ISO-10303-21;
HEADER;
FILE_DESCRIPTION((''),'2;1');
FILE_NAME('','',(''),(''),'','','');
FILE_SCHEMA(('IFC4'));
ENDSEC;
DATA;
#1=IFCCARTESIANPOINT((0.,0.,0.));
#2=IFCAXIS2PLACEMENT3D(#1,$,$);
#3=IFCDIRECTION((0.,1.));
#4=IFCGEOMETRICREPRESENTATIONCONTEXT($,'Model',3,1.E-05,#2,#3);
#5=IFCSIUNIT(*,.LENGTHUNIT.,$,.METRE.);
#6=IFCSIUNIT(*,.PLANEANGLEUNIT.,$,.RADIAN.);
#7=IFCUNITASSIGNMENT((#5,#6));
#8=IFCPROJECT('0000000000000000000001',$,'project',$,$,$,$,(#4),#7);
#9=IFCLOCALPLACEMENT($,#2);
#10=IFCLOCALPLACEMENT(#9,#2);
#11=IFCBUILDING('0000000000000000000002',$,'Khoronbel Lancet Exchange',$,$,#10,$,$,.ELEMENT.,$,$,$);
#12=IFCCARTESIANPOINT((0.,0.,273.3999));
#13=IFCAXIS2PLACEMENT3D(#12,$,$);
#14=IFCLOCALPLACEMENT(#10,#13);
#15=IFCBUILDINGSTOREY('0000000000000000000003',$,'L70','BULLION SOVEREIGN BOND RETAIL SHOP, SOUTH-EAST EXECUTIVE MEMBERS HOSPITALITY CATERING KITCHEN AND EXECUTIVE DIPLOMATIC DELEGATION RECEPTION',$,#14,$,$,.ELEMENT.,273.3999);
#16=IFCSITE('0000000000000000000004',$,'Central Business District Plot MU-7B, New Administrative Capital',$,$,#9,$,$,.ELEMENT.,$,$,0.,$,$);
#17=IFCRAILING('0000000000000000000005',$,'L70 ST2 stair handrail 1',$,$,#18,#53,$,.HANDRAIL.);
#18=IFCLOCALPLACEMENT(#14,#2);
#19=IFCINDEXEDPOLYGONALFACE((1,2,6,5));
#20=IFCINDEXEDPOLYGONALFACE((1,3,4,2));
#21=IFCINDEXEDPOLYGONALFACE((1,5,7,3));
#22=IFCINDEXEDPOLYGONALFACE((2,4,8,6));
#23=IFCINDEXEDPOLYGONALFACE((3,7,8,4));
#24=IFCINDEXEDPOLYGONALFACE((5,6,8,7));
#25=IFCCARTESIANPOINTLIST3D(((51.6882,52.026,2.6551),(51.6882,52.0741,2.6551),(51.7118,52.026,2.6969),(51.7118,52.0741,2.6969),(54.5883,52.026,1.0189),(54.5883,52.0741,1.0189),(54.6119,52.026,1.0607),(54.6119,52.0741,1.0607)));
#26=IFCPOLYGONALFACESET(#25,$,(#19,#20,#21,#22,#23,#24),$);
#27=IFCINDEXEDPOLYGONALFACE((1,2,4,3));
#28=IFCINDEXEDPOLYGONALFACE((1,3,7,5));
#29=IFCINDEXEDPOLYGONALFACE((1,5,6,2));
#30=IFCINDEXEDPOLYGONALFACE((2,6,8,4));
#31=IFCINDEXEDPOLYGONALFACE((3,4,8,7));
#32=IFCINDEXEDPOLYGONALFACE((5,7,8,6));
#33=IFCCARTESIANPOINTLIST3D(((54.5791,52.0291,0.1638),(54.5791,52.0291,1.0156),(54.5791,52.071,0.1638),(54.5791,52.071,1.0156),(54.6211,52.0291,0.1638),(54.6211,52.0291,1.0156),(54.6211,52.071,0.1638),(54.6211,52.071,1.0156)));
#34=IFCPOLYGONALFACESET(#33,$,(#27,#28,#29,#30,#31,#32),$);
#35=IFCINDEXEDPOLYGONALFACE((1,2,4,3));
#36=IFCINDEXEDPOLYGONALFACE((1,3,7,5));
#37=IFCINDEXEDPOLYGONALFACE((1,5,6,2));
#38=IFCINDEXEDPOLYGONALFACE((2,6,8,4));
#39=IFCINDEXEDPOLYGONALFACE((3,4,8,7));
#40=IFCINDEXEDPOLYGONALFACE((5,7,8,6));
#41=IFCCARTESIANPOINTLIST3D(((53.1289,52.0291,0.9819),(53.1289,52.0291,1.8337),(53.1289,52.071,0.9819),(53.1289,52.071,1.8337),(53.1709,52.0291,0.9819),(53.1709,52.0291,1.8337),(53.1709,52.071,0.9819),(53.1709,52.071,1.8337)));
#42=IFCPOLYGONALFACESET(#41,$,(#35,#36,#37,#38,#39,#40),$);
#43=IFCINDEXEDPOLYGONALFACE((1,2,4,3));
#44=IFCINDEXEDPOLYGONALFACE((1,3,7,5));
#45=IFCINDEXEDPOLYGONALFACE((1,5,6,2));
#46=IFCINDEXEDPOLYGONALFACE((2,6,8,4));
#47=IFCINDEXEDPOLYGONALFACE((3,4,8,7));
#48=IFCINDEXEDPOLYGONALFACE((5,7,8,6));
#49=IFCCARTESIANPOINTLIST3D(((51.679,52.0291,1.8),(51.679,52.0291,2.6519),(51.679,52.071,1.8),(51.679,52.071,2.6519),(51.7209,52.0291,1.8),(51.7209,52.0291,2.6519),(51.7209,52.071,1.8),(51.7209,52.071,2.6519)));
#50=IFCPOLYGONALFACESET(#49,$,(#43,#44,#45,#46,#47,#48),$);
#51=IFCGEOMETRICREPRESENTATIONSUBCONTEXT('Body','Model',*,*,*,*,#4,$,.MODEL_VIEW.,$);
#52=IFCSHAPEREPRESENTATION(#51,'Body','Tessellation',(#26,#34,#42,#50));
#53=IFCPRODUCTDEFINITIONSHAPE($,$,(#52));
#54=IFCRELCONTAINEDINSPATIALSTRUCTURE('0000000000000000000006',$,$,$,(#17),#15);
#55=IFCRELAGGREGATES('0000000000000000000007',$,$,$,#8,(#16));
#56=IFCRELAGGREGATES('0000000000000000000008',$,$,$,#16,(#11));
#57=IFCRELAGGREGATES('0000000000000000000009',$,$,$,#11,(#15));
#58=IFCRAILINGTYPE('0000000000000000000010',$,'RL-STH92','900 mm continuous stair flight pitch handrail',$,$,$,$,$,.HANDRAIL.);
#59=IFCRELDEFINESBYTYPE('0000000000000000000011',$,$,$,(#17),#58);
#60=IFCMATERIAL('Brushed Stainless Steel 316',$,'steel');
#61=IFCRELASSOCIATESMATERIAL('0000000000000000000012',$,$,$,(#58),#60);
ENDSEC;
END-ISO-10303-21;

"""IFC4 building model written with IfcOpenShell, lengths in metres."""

from ifc_helpers import new_model, si_unit, direction, frame, origin, origin_2d, place, context, subcontext, project, spatial, rectangle, extrude, material, type_object, element, save


model = new_model("IFC4")

# Units and contexts
model_context = context("Model", 3, precision=1e-05, world=origin(), true_north=direction((0.0, 1.0)))
body_context = subcontext(model_context, "Body", "Model", "MODEL_VIEW")
ifc_project = project(units=[si_unit("LENGTHUNIT", "METRE"), si_unit("PLANEANGLEUNIT", "RADIAN")], contexts=[model_context])

# Site, building, storey
site_placement = place(None, origin())
site = spatial("IfcSite", under=ifc_project, at=site_placement, Name="Central Business District Plot MU-7B, New Administrative Capital", CompositionType="ELEMENT", RefElevation=0.0)
building_placement = place(site_placement, origin())
building = spatial("IfcBuilding", under=site, at=building_placement, Name="Khoronbel Lancet Exchange", CompositionType="ELEMENT")
storey_placement = place(building_placement, frame((0.0, 0.0, 273.3999)))
storey = spatial("IfcBuildingStorey", under=building, at=storey_placement, Name="L70", Description="BULLION SOVEREIGN BOND RETAIL SHOP, SOUTH-EAST EXECUTIVE MEMBERS HOSPITALITY CATERING KITCHEN AND EXECUTIVE DIPLOMATIC DELEGATION RECEPTION", CompositionType="ELEMENT", Elevation=273.3999)

# Railing
ifc_material_1 = material(Name="Brushed Stainless Steel 316", Category="steel")
railing_type_1 = type_object("IfcRailingType", Name="RL-STH92", Description="900 mm continuous stair flight pitch handrail", PredefinedType="HANDRAIL", material=ifc_material_1)
railing_1_placement = place(storey_placement, frame((54.6001, 52.05, 0.1638)))
element("IfcRailing", 1, at=railing_1_placement, inside=storey, type_object=railing_type_1, Name="L70 ST2 stair handrail 1", PredefinedType="HANDRAIL", context=body_context, shape_type="SweptSolid", body=[
    extrude(rectangle(XDim=0.0481, YDim=0.0481, at=origin_2d()), frame((0.0, 0.0, 0.876), z_axis=(-0.870946, 0.0, 0.491378), x_axis=(0.0, -1.0, 0.0)), (0.0, 0.0, 1.0), 3.3298),
    extrude(rectangle(XDim=0.042, YDim=0.042, at=origin_2d()), origin(), (0.0, 0.0, 1.0), 0.8518),
    extrude(rectangle(XDim=0.042, YDim=0.042, at=origin_2d()), frame((-1.4502, 0.0, 0.8181)), (0.0, 0.0, 1.0), 0.8518),
    extrude(rectangle(XDim=0.042, YDim=0.042, at=origin_2d()), frame((-2.9001, 0.0, 1.6362)), (0.0, 0.0, 1.0), 0.8518),
])

save(model, "model.ifc")
